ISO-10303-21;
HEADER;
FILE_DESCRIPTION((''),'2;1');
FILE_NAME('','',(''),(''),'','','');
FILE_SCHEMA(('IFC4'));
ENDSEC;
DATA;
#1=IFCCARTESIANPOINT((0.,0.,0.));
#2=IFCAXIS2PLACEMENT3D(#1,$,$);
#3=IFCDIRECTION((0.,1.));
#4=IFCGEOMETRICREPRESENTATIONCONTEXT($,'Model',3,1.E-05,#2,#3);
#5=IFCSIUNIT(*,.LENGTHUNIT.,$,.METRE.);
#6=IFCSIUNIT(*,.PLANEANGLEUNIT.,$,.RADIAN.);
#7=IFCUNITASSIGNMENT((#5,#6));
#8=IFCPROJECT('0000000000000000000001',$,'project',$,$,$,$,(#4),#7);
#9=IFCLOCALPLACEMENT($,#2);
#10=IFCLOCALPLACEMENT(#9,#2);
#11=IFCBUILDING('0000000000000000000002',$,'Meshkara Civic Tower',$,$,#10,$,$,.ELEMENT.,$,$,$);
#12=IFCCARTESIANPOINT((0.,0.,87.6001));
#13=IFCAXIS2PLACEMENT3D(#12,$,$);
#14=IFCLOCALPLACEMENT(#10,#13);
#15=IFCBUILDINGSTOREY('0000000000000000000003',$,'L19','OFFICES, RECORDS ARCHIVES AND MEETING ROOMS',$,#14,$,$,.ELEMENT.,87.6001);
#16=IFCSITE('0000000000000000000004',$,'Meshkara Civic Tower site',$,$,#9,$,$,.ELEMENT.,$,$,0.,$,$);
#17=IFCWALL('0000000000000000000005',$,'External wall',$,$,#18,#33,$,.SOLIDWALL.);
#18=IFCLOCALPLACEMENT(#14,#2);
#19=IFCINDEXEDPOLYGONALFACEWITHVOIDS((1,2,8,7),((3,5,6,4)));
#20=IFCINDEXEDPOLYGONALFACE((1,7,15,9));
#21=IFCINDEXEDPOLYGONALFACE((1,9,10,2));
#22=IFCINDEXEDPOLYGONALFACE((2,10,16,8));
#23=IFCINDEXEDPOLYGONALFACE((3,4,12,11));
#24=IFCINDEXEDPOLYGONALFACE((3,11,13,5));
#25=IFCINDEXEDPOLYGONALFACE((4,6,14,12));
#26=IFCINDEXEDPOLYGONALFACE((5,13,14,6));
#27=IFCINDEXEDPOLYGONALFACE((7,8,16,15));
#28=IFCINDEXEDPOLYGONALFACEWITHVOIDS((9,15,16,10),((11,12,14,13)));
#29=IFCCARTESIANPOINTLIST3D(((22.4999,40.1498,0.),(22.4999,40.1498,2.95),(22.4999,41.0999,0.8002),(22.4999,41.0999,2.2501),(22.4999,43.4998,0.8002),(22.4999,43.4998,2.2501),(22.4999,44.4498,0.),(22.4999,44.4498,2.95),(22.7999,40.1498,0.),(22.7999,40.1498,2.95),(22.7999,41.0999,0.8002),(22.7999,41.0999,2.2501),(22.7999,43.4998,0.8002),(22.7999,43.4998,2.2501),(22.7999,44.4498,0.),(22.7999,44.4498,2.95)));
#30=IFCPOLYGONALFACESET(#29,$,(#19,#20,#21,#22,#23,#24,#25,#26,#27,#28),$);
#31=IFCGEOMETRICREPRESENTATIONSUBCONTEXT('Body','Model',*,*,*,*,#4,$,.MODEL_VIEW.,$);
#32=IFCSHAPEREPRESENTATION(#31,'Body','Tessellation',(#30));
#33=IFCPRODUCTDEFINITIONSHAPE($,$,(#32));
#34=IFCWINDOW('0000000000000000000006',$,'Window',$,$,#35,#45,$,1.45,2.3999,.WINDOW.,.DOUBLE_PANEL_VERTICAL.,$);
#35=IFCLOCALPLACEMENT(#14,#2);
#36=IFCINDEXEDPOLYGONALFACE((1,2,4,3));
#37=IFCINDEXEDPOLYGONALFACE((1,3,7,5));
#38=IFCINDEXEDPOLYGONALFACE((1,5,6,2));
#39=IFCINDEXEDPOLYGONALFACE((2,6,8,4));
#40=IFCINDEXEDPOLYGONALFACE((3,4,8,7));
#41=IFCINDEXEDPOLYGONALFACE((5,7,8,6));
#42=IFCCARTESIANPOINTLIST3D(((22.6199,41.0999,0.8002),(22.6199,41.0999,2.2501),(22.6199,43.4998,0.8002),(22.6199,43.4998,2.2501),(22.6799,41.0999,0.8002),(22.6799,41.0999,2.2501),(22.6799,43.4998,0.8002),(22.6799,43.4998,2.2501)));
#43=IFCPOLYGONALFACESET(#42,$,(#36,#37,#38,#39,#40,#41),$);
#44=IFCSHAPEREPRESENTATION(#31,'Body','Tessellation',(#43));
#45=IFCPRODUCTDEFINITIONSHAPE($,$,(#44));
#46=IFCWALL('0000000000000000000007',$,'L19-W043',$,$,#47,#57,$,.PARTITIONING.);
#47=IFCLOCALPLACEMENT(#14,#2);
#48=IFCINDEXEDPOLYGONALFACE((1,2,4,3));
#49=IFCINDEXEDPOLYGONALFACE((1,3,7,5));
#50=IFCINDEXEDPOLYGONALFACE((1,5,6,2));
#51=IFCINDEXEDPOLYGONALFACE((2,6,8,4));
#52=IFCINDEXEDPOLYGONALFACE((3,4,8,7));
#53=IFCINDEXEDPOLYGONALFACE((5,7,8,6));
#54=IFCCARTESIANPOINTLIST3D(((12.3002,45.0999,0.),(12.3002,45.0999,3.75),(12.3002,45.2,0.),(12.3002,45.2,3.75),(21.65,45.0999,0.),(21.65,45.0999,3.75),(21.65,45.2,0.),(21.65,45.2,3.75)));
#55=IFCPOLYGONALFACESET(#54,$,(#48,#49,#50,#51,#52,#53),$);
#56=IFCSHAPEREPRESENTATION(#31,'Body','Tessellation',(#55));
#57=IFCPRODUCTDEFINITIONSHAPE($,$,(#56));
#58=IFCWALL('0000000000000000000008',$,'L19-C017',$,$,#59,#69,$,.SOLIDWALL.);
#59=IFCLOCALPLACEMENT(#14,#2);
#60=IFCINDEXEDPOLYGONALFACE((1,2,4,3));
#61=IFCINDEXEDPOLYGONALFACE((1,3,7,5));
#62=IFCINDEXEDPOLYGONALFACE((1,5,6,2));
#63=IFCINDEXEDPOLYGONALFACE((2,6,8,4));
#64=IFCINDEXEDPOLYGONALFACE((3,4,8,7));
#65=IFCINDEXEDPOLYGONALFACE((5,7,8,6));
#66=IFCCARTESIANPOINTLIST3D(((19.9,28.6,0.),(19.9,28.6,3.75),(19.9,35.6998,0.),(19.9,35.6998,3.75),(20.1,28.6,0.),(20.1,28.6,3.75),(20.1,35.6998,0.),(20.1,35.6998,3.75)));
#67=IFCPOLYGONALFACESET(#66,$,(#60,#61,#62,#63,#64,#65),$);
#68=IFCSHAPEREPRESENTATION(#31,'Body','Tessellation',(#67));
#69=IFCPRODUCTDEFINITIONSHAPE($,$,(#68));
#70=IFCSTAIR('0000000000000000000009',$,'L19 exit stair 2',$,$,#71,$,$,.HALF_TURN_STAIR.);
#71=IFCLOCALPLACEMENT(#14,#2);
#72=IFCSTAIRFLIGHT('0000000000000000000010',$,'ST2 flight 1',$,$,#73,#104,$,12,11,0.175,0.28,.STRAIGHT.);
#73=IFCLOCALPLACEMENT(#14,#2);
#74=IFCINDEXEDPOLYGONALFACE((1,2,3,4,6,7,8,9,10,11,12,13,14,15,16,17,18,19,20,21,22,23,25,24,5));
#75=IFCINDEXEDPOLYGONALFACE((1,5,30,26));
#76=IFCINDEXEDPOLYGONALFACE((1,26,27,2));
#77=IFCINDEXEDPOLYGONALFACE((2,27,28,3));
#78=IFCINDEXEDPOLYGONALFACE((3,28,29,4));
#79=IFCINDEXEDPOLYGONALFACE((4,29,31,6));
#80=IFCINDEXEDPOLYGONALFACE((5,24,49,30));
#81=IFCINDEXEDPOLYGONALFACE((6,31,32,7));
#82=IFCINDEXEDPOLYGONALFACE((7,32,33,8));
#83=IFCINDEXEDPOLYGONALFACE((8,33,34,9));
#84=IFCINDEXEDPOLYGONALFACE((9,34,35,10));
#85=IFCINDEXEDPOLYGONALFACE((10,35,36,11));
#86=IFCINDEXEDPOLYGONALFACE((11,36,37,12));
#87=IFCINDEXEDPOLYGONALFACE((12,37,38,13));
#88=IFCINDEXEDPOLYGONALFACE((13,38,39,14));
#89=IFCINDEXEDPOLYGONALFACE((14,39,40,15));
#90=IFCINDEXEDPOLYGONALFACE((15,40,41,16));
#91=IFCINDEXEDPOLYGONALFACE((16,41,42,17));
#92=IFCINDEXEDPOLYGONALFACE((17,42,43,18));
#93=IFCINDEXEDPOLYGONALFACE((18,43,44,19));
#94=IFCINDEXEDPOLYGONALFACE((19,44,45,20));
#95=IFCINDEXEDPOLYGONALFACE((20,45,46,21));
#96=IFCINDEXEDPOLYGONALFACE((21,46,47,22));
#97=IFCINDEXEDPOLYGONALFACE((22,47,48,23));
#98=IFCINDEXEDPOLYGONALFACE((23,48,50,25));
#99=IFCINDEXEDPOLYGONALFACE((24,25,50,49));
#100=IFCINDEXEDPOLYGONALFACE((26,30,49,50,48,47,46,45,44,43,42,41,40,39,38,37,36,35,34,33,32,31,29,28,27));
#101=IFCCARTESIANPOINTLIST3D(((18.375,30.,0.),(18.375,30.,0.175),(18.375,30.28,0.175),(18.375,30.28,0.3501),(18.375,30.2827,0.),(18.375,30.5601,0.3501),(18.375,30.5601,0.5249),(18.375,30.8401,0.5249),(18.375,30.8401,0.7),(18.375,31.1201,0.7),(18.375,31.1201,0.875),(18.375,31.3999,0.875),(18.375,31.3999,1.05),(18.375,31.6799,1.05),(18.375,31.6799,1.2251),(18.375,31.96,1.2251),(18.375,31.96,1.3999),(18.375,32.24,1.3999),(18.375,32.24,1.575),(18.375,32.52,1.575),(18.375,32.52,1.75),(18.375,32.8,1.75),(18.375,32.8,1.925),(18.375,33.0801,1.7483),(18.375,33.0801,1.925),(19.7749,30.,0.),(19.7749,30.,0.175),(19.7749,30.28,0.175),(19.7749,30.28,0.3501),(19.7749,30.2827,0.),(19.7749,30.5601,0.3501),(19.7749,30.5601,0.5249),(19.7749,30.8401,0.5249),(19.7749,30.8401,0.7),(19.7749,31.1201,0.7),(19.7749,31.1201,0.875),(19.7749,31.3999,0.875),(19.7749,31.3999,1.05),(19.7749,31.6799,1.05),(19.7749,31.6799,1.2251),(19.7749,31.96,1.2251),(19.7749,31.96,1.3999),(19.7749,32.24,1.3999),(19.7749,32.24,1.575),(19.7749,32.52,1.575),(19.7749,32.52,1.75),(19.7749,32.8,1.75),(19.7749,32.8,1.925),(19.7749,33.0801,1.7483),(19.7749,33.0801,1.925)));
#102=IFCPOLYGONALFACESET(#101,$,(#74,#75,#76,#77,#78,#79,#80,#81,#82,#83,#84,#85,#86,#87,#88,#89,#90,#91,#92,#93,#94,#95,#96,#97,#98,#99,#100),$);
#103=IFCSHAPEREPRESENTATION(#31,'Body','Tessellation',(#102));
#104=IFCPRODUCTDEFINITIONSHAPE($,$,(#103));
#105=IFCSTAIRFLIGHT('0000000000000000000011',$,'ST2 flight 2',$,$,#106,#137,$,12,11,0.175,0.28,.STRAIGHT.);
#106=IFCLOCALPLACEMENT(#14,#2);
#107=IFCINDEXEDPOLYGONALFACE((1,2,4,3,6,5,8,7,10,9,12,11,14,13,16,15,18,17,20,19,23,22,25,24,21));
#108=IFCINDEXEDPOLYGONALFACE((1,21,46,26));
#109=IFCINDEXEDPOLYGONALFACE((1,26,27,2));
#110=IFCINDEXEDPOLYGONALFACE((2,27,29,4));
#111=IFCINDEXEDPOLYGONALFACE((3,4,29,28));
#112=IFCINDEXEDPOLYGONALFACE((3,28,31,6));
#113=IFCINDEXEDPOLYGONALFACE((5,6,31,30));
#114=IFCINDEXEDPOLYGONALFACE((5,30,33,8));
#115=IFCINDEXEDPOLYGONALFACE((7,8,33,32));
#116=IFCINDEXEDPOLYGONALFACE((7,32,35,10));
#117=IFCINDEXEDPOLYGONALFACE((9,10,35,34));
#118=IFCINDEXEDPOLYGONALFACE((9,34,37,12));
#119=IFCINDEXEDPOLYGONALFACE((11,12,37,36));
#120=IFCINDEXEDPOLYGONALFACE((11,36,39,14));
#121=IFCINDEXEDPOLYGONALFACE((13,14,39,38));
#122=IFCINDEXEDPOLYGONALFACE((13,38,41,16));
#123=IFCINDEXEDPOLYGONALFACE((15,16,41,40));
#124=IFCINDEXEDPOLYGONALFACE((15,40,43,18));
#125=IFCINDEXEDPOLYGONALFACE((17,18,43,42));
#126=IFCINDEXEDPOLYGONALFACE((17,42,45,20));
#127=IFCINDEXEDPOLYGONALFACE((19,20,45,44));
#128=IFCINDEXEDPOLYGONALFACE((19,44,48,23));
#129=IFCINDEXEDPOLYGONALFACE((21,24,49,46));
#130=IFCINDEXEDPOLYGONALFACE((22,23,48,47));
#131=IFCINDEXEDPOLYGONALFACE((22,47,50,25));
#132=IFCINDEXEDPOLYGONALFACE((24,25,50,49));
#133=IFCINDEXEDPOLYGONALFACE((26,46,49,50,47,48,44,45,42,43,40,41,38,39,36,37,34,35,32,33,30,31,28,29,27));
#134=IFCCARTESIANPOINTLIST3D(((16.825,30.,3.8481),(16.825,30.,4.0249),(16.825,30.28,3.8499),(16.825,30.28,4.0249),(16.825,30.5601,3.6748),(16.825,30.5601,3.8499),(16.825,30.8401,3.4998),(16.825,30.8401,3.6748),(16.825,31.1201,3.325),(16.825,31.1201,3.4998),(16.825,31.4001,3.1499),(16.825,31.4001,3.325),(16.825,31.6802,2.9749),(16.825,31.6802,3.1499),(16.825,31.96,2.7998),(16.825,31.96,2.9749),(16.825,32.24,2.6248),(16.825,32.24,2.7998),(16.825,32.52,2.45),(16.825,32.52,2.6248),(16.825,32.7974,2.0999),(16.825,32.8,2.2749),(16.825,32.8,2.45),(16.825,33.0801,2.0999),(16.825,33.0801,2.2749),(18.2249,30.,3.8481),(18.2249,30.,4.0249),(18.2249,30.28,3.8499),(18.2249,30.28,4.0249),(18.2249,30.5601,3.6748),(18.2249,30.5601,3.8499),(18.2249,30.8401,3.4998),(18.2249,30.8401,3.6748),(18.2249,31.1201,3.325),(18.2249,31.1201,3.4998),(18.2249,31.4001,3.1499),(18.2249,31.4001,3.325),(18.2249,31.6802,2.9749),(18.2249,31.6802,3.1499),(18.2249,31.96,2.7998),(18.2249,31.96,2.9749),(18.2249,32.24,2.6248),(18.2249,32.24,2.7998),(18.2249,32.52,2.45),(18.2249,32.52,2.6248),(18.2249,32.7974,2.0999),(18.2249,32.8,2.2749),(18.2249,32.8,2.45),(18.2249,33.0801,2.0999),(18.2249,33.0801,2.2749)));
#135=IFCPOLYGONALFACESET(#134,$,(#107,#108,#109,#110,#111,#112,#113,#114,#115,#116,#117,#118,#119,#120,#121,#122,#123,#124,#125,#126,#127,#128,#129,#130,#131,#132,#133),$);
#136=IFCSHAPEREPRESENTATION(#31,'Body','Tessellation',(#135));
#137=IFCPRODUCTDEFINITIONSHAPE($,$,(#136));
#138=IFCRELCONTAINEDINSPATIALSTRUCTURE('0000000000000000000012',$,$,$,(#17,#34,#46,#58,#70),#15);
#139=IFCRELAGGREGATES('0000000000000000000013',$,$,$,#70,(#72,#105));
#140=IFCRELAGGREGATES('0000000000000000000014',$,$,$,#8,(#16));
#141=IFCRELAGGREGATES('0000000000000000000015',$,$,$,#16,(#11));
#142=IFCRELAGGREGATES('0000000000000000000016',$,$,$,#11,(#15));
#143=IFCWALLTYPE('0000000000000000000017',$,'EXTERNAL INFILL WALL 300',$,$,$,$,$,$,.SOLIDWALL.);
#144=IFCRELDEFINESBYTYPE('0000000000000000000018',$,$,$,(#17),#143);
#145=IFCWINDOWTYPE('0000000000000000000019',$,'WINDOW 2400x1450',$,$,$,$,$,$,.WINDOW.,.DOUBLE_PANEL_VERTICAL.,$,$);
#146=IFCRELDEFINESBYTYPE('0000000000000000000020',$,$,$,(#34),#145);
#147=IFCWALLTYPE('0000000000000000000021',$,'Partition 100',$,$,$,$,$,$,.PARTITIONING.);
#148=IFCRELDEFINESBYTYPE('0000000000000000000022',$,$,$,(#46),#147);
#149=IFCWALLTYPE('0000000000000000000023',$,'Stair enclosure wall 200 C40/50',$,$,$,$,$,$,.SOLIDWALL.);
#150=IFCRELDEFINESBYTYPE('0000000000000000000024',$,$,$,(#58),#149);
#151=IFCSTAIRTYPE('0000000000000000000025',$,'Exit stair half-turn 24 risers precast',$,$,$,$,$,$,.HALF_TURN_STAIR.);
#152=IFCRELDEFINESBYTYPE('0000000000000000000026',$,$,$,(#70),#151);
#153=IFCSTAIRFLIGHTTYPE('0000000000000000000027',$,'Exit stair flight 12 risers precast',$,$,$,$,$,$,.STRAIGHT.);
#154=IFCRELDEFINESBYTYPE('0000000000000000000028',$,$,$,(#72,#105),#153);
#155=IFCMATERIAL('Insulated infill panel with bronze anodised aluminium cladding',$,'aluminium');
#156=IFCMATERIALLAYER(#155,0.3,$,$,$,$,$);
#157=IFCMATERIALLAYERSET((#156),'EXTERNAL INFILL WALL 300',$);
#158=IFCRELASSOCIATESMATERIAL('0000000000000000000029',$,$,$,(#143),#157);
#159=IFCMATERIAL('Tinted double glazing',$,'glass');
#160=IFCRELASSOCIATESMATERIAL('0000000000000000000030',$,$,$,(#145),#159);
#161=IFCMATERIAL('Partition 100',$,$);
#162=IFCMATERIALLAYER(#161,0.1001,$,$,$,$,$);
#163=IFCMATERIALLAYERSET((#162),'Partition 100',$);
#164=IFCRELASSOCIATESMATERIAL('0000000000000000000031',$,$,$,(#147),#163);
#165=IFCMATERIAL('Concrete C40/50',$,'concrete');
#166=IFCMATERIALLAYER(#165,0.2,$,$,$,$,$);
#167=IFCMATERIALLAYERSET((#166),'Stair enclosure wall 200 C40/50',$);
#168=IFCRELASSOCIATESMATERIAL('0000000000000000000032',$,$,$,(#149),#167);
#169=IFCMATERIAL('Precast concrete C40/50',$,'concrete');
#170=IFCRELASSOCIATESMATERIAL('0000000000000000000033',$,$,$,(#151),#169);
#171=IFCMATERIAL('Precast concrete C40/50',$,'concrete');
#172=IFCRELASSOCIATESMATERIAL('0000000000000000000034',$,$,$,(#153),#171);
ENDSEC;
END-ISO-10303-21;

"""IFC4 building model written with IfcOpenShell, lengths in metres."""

from ifc_helpers import new_model, si_unit, direction, frame, frame_2d, origin, place, context, subcontext, project, spatial, polyline, rectangle, outline, extrude, material, layer, layer_set, type_object, element, fill, aggregate, save


model = new_model("IFC4")

# Units and contexts
model_context = context("Model", 3, precision=1e-05, world=origin(), true_north=direction((0.0, 1.0)))
body_context = subcontext(model_context, "Body", "Model", "MODEL_VIEW")
ifc_project = project(units=[si_unit("LENGTHUNIT", "METRE"), si_unit("PLANEANGLEUNIT", "RADIAN")], contexts=[model_context])

# Site, building, storey
site_placement = place(None, origin())
site = spatial("IfcSite", under=ifc_project, at=site_placement, Name="Meshkara Civic Tower site", CompositionType="ELEMENT", RefElevation=0.0)
building_placement = place(site_placement, origin())
building = spatial("IfcBuilding", under=site, at=building_placement, Name="Meshkara Civic Tower", CompositionType="ELEMENT")
storey_placement = place(building_placement, frame((0.0, 0.0, 87.6001)))
storey = spatial("IfcBuildingStorey", under=building, at=storey_placement, Name="L19", Description="OFFICES, RECORDS ARCHIVES AND MEETING ROOMS", CompositionType="ELEMENT", Elevation=87.6001)

# Wall, opening, window
ifc_material_1 = material(Name="Insulated infill panel with bronze anodised aluminium cladding", Category="aluminium")
ifc_layer_1 = layer(ifc_material_1, 0.3)
ifc_layer_set_1 = layer_set([ifc_layer_1], Name="EXTERNAL INFILL WALL 300")
wall_type_1 = type_object("IfcWallType", Name="EXTERNAL INFILL WALL 300", PredefinedType="SOLIDWALL", material=ifc_layer_set_1)
ifc_material_2 = material(Name="Tinted double glazing", Category="glass")
window_type_1 = type_object("IfcWindowType", Name="WINDOW 2400x1450", PartitioningType="DOUBLE_PANEL_VERTICAL", PredefinedType="WINDOW", material=ifc_material_2)
wall_1_placement = place(storey_placement, frame((22.6499, 40.1499, 0.0), z_axis=(0.0, 0.0, 1.0), x_axis=(0.0, 1.0, 0.0)))
wall_1 = element("IfcWall", 1, at=wall_1_placement, inside=storey, type_object=wall_type_1, Name="External wall", PredefinedType="SOLIDWALL", context=body_context, shape_type="SweptSolid", body=[
    extrude(rectangle(XDim=4.3, YDim=0.3, at=frame_2d((2.1499, 0.0))), origin(), (0.0, 0.0, 1.0), 2.95),
])
opening_1_placement = place(wall_1_placement, frame((0.95, 0.0, 0.8)))
opening_1 = element("IfcOpeningElement", 2, at=opening_1_placement, cuts=wall_1, PredefinedType="OPENING", context=body_context, shape_type="SweptSolid", body=[
    extrude(rectangle(XDim=2.3999, YDim=1.45, at=frame_2d((1.2, 0.7251))), frame((0.0, 0.1599, 0.0), z_axis=(0.0, -1.0, 0.0), x_axis=(1.0, 0.0, 0.0)), (0.0, 0.0, 1.0), 0.3201),
])
window_1_placement = place(opening_1_placement, origin())
window_1 = element("IfcWindow", 3, at=window_1_placement, inside=storey, type_object=window_type_1, Name="Window", OverallHeight=1.45, OverallWidth=2.3999, PartitioningType="DOUBLE_PANEL_VERTICAL", PredefinedType="WINDOW", context=body_context, shape_type="SweptSolid", body=[
    extrude(rectangle(XDim=2.3999, YDim=1.45, at=frame_2d((1.2, 0.7251))), frame((0.0, 0.03, 0.0), z_axis=(0.0, -1.0, 0.0), x_axis=(1.0, 0.0, 0.0)), (0.0, 0.0, 1.0), 0.0601),
])
fill(opening_1, window_1)

# Walls
ifc_material_3 = material(Name="Partition 100")
ifc_layer_2 = layer(ifc_material_3, 0.1001)
ifc_layer_set_2 = layer_set([ifc_layer_2], Name="Partition 100")
wall_type_2 = type_object("IfcWallType", Name="Partition 100", PredefinedType="PARTITIONING", material=ifc_layer_set_2)
wall_2_placement = place(storey_placement, frame((21.6499, 45.1499, 0.0), z_axis=(0.0, 0.0, 1.0), x_axis=(-1.0, 0.0, 0.0)))
element("IfcWall", 4, at=wall_2_placement, inside=storey, type_object=wall_type_2, Name="L19-W043", PredefinedType="PARTITIONING", context=body_context, shape_type="SweptSolid", body=[
    extrude(rectangle(XDim=9.3499, YDim=0.1001, at=frame_2d((4.6748, 0.0))), origin(), (0.0, 0.0, 1.0), 3.75),
])
ifc_material_4 = material(Name="Concrete C40/50", Category="concrete")
ifc_layer_3 = layer(ifc_material_4, 0.2)
ifc_layer_set_3 = layer_set([ifc_layer_3], Name="Stair enclosure wall 200 C40/50")
wall_type_3 = type_object("IfcWallType", Name="Stair enclosure wall 200 C40/50", PredefinedType="SOLIDWALL", material=ifc_layer_set_3)
wall_3_placement = place(storey_placement, frame((20.0, 28.6001, 0.0), z_axis=(0.0, 0.0, 1.0), x_axis=(0.0, 1.0, 0.0)))
element("IfcWall", 5, at=wall_3_placement, inside=storey, type_object=wall_type_3, Name="L19-C017", PredefinedType="SOLIDWALL", context=body_context, shape_type="SweptSolid", body=[
    extrude(rectangle(XDim=7.0999, YDim=0.2, at=frame_2d((3.5498, 0.0))), origin(), (0.0, 0.0, 1.0), 3.75),
])

# Stair, stair flights
ifc_material_5 = material(Name="Precast concrete C40/50", Category="concrete")
stair_type = type_object("IfcStairType", Name="Exit stair half-turn 24 risers precast", PredefinedType="HALF_TURN_STAIR", material=ifc_material_5)
stair_placement = place(storey_placement, origin())
stair = element("IfcStair", 6, at=stair_placement, inside=storey, type_object=stair_type, Name="L19 exit stair 2", PredefinedType="HALF_TURN_STAIR")
ifc_material_6 = material(Name="Precast concrete C40/50", Category="concrete")
stair_flight_type = type_object("IfcStairFlightType", Name="Exit stair flight 12 risers precast", PredefinedType="STRAIGHT", material=ifc_material_6)
stair_flight_1_placement = place(storey_placement, frame((19.075, 30.0, 0.0), z_axis=(0.0, 0.0, 1.0), x_axis=(0.0, 1.0, 0.0)))
stair_flight_1 = element("IfcStairFlight", 7, at=stair_flight_1_placement, type_object=stair_flight_type, Name="ST2 flight 1", NumberOfRisers=12, NumberOfTreads=11, PredefinedType="STRAIGHT", RiserHeight=0.175, TreadLength=0.28, context=body_context, shape_type="SweptSolid", body=[
    extrude(outline(polyline([(0.0, 0.0), (0.0, 0.175), (0.28, 0.175), (0.28, 0.3501), (0.5601, 0.3501), (0.5601, 0.5249), (0.8401, 0.5249), (0.8401, 0.7), (1.1201, 0.7), (1.1201, 0.875), (1.3999, 0.875), (1.3999, 1.05), (1.6799, 1.05), (1.6799, 1.2251), (1.96, 1.2251), (1.96, 1.3999), (2.24, 1.3999), (2.24, 1.575), (2.52, 1.575), (2.52, 1.75), (2.8, 1.75), (2.8, 1.925), (3.0801, 1.925), (3.0801, 2.1001), (3.0801, 1.7483), (0.2827, 0.0), (0.0, 0.0)])), frame((0.0, 0.7, 0.0), z_axis=(0.0, -1.0, 0.0), x_axis=(1.0, 0.0, 0.0)), (0.0, 0.0, 1.0), 1.3999),
])
stair_flight_2_placement = place(storey_placement, frame((17.5249, 33.0801, 2.0999), z_axis=(0.0, 0.0, 1.0), x_axis=(0.0, -1.0, 0.0)))
stair_flight_2 = element("IfcStairFlight", 8, at=stair_flight_2_placement, type_object=stair_flight_type, Name="ST2 flight 2", NumberOfRisers=12, NumberOfTreads=11, PredefinedType="STRAIGHT", RiserHeight=0.175, TreadLength=0.28, context=body_context, shape_type="SweptSolid", body=[
    extrude(outline(polyline([(0.0, 0.0), (0.0, 0.175), (0.28, 0.175), (0.28, 0.3501), (0.5601, 0.3501), (0.5601, 0.5249), (0.8401, 0.5249), (0.8401, 0.7), (1.1201, 0.7), (1.1201, 0.875), (1.3999, 0.875), (1.3999, 1.05), (1.6799, 1.05), (1.6799, 1.2251), (1.96, 1.2251), (1.96, 1.3999), (2.24, 1.3999), (2.24, 1.575), (2.52, 1.575), (2.52, 1.75), (2.8, 1.75), (2.8, 1.925), (3.0801, 1.925), (3.0801, 2.1001), (3.0801, 1.7483), (0.2827, 0.0), (0.0, 0.0)])), frame((0.0, 0.7, 0.0), z_axis=(0.0, -1.0, 0.0), x_axis=(1.0, 0.0, 0.0)), (0.0, 0.0, 1.0), 1.3999),
])
aggregate(stair, [stair_flight_1, stair_flight_2])

save(model, "model.ifc")
